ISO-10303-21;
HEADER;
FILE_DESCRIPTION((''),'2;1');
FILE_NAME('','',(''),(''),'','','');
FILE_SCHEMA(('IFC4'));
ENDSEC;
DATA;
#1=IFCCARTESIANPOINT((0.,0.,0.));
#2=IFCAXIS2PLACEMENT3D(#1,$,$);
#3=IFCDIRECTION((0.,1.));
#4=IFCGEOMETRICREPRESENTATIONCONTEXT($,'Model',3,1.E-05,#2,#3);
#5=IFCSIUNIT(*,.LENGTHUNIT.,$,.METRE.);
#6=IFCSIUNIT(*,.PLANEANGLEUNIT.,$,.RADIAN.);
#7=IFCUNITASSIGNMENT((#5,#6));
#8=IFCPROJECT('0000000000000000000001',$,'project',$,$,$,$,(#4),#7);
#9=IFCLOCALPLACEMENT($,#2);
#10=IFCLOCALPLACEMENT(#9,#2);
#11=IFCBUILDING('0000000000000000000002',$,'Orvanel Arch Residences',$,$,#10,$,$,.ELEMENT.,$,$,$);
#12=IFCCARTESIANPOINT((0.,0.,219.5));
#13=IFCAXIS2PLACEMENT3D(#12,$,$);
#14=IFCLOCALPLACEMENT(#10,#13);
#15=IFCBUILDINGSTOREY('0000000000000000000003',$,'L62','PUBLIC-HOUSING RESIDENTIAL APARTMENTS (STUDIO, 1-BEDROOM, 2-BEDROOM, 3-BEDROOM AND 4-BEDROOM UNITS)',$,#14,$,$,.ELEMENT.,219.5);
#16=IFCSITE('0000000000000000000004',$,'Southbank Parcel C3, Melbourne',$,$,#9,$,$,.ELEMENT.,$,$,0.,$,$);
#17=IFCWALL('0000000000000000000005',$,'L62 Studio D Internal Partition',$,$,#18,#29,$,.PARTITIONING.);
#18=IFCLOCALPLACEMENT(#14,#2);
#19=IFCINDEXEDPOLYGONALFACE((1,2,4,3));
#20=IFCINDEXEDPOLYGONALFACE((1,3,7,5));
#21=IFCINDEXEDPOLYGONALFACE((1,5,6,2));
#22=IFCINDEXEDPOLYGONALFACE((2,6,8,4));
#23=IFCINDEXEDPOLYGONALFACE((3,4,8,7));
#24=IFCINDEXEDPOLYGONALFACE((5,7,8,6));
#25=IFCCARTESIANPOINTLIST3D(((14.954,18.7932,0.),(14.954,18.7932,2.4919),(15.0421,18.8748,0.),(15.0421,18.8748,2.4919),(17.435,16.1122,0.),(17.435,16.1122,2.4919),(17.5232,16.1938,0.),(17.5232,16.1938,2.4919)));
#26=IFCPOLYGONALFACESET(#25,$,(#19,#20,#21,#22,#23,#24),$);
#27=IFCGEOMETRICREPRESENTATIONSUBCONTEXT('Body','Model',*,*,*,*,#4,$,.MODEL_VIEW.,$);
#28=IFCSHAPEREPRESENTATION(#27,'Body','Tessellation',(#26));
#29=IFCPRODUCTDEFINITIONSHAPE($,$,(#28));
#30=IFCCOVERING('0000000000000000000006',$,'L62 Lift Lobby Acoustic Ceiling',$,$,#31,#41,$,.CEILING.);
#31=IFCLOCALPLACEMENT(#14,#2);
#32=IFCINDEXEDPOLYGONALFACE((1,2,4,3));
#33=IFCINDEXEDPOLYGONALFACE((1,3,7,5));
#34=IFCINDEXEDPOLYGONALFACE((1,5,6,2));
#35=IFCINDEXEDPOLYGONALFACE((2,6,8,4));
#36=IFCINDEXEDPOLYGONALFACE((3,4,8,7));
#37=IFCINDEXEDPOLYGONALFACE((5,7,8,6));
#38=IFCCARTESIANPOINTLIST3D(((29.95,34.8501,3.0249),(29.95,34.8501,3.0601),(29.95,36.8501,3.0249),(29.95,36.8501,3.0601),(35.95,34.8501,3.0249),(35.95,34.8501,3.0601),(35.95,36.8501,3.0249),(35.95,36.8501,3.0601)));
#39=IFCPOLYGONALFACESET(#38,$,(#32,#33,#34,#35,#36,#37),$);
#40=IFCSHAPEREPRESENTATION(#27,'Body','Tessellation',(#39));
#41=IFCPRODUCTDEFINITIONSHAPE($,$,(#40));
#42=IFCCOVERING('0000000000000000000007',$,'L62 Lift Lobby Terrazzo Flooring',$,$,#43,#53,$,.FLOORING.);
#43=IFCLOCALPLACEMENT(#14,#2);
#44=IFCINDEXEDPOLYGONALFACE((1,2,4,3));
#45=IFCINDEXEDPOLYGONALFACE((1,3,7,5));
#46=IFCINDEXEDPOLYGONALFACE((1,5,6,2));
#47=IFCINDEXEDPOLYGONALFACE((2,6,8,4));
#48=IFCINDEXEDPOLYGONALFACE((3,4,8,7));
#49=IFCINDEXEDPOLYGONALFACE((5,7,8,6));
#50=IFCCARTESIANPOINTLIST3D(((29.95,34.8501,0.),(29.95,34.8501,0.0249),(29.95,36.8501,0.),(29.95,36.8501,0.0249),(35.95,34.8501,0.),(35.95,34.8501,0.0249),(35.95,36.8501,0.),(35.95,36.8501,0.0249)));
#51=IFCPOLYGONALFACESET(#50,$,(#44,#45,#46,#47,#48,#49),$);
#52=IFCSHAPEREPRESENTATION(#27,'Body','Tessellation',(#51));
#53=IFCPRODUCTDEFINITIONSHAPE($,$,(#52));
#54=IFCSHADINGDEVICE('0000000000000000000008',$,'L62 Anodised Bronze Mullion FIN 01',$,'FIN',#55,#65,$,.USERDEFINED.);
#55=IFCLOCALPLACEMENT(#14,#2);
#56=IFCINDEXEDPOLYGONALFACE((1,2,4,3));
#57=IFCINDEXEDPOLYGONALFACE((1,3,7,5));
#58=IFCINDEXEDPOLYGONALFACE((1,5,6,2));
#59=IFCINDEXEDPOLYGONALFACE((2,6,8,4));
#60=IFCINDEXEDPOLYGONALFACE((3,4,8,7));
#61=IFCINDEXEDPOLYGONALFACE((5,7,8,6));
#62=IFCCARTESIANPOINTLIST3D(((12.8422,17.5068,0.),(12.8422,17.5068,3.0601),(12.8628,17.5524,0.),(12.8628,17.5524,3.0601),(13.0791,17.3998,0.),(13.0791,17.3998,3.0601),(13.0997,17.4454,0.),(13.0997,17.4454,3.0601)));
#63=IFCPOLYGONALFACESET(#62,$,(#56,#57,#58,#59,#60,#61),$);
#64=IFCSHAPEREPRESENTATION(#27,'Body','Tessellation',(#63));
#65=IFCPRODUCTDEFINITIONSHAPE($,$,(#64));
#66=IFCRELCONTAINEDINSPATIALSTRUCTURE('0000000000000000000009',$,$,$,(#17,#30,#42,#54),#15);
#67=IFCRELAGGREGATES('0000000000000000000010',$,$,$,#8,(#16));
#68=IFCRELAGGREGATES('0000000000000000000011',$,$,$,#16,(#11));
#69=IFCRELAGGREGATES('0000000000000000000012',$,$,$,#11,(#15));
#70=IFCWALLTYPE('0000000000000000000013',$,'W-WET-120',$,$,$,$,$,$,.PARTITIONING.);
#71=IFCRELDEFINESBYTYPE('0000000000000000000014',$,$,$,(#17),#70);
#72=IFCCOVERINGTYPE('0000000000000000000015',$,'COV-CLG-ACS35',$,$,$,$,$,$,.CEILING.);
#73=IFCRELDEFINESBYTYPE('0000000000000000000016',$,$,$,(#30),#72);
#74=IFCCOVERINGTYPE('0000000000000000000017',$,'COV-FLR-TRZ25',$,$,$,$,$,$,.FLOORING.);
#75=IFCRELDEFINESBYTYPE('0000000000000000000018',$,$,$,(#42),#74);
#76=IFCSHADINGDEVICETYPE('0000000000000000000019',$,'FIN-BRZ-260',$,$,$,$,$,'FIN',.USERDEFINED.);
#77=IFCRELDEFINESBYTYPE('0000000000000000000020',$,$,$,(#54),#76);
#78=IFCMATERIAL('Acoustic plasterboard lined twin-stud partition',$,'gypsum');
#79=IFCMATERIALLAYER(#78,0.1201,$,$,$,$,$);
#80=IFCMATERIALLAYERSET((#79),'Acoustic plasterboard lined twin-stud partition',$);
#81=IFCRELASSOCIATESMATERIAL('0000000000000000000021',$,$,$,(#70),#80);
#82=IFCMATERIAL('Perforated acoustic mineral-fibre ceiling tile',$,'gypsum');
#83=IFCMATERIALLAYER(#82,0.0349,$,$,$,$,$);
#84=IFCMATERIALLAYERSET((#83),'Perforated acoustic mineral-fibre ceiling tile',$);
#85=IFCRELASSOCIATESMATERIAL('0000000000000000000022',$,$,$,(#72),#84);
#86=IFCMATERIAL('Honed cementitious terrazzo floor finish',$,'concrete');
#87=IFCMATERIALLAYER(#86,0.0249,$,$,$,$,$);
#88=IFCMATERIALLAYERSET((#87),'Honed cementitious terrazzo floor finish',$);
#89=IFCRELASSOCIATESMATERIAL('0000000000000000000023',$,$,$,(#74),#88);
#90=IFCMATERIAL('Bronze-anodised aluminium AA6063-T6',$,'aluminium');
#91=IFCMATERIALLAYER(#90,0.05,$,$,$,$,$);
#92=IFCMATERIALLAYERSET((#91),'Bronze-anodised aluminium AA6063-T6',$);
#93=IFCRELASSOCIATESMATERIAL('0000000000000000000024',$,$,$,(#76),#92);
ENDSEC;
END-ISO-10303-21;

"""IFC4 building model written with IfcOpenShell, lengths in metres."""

from ifc_helpers import new_model, si_unit, direction, frame, frame_2d, origin, origin_2d, place, context, subcontext, project, spatial, polyline, rectangle, outline, extrude, material, layer, layer_set, type_object, element, save


model = new_model("IFC4")

# Units and contexts
model_context = context("Model", 3, precision=1e-05, world=origin(), true_north=direction((0.0, 1.0)))
body_context = subcontext(model_context, "Body", "Model", "MODEL_VIEW")
ifc_project = project(units=[si_unit("LENGTHUNIT", "METRE"), si_unit("PLANEANGLEUNIT", "RADIAN")], contexts=[model_context])

# Site, building, storey
site_placement = place(None, origin())
site = spatial("IfcSite", under=ifc_project, at=site_placement, Name="Southbank Parcel C3, Melbourne", CompositionType="ELEMENT", RefElevation=0.0)
building_placement = place(site_placement, origin())
building = spatial("IfcBuilding", under=site, at=building_placement, Name="Orvanel Arch Residences", CompositionType="ELEMENT")
storey_placement = place(building_placement, frame((0.0, 0.0, 219.5)))
storey = spatial("IfcBuildingStorey", under=building, at=storey_placement, Name="L62", Description="PUBLIC-HOUSING RESIDENTIAL APARTMENTS (STUDIO, 1-BEDROOM, 2-BEDROOM, 3-BEDROOM AND 4-BEDROOM UNITS)", CompositionType="ELEMENT", Elevation=219.5)

# Shared definitions
ifc_material_1 = material(Name="Bronze-anodised aluminium AA6063-T6", Category="aluminium")

# Shared definitions
ifc_material_2 = material(Name="Acoustic plasterboard lined twin-stud partition", Category="gypsum")
ifc_layer_1 = layer(ifc_material_2, 0.1201)
ifc_layer_set_1 = layer_set([ifc_layer_1], Name="Acoustic plasterboard lined twin-stud partition")
wall_type_1 = type_object("IfcWallType", Name="W-WET-120", PredefinedType="PARTITIONING", material=ifc_layer_set_1)

# Wall
wall_1_placement = place(storey_placement, frame((14.998, 18.834, 0.0), z_axis=(0.0, 0.0, 1.0), x_axis=(0.679207, -0.733947, 0.0)))
element("IfcWall", 1, at=wall_1_placement, inside=storey, type_object=wall_type_1, Name="L62 Studio D Internal Partition", PredefinedType="PARTITIONING", context=body_context, shape_type="SweptSolid", body=[
    extrude(rectangle(XDim=3.6528, YDim=0.1201, at=frame_2d((1.8264, 0.0))), origin(), (0.0, 0.0, 1.0), 2.4919),
])

# Coverings
ifc_material_3 = material(Name="Perforated acoustic mineral-fibre ceiling tile", Category="gypsum")
ifc_layer_2 = layer(ifc_material_3, 0.0349)
ifc_layer_set_2 = layer_set([ifc_layer_2], Name="Perforated acoustic mineral-fibre ceiling tile")
covering_type_1 = type_object("IfcCoveringType", Name="COV-CLG-ACS35", PredefinedType="CEILING", material=ifc_layer_set_2)
covering_1_placement = place(storey_placement, frame((0.0, 0.0, 3.0249)))
element("IfcCovering", 2, at=covering_1_placement, inside=storey, type_object=covering_type_1, Name="L62 Lift Lobby Acoustic Ceiling", PredefinedType="CEILING", context=body_context, shape_type="SweptSolid", body=[
    extrude(outline(polyline([(29.95, 34.8501), (35.95, 34.8501), (35.95, 36.8501), (29.95, 36.8501), (29.95, 34.8501)])), origin(), (0.0, 0.0, 1.0), 0.0352),
])
ifc_material_4 = material(Name="Honed cementitious terrazzo floor finish", Category="concrete")
ifc_layer_3 = layer(ifc_material_4, 0.0249)
ifc_layer_set_3 = layer_set([ifc_layer_3], Name="Honed cementitious terrazzo floor finish")
covering_type_2 = type_object("IfcCoveringType", Name="COV-FLR-TRZ25", PredefinedType="FLOORING", material=ifc_layer_set_3)
covering_2_placement = place(storey_placement, origin())
element("IfcCovering", 3, at=covering_2_placement, inside=storey, type_object=covering_type_2, Name="L62 Lift Lobby Terrazzo Flooring", PredefinedType="FLOORING", context=body_context, shape_type="SweptSolid", body=[
    extrude(outline(polyline([(29.95, 34.8501), (35.95, 34.8501), (35.95, 36.8501), (29.95, 36.8501), (29.95, 34.8501)])), origin(), (0.0, 0.0, 1.0), 0.0249),
])

# Shading device
ifc_layer_4 = layer(ifc_material_1, 0.05)
ifc_layer_set_4 = layer_set([ifc_layer_4], Name="Bronze-anodised aluminium AA6063-T6")
shading_device_type = type_object("IfcShadingDeviceType", Name="FIN-BRZ-260", ElementType="FIN", PredefinedType="USERDEFINED", material=ifc_layer_set_4)
shading_device_placement = place(storey_placement, frame((12.9709, 17.4761, 0.0), z_axis=(0.0, 0.0, 1.0), x_axis=(-0.911403, 0.411514, 0.0)))
element("IfcShadingDevice", 4, at=shading_device_placement, inside=storey, type_object=shading_device_type, Name="L62 Anodised Bronze Mullion FIN 01", ObjectType="FIN", PredefinedType="USERDEFINED", context=body_context, shape_type="SweptSolid", body=[
    extrude(rectangle(XDim=0.26, YDim=0.05, at=origin_2d()), origin(), (0.0, 0.0, 1.0), 3.0601),
])

save(model, "model.ifc")
